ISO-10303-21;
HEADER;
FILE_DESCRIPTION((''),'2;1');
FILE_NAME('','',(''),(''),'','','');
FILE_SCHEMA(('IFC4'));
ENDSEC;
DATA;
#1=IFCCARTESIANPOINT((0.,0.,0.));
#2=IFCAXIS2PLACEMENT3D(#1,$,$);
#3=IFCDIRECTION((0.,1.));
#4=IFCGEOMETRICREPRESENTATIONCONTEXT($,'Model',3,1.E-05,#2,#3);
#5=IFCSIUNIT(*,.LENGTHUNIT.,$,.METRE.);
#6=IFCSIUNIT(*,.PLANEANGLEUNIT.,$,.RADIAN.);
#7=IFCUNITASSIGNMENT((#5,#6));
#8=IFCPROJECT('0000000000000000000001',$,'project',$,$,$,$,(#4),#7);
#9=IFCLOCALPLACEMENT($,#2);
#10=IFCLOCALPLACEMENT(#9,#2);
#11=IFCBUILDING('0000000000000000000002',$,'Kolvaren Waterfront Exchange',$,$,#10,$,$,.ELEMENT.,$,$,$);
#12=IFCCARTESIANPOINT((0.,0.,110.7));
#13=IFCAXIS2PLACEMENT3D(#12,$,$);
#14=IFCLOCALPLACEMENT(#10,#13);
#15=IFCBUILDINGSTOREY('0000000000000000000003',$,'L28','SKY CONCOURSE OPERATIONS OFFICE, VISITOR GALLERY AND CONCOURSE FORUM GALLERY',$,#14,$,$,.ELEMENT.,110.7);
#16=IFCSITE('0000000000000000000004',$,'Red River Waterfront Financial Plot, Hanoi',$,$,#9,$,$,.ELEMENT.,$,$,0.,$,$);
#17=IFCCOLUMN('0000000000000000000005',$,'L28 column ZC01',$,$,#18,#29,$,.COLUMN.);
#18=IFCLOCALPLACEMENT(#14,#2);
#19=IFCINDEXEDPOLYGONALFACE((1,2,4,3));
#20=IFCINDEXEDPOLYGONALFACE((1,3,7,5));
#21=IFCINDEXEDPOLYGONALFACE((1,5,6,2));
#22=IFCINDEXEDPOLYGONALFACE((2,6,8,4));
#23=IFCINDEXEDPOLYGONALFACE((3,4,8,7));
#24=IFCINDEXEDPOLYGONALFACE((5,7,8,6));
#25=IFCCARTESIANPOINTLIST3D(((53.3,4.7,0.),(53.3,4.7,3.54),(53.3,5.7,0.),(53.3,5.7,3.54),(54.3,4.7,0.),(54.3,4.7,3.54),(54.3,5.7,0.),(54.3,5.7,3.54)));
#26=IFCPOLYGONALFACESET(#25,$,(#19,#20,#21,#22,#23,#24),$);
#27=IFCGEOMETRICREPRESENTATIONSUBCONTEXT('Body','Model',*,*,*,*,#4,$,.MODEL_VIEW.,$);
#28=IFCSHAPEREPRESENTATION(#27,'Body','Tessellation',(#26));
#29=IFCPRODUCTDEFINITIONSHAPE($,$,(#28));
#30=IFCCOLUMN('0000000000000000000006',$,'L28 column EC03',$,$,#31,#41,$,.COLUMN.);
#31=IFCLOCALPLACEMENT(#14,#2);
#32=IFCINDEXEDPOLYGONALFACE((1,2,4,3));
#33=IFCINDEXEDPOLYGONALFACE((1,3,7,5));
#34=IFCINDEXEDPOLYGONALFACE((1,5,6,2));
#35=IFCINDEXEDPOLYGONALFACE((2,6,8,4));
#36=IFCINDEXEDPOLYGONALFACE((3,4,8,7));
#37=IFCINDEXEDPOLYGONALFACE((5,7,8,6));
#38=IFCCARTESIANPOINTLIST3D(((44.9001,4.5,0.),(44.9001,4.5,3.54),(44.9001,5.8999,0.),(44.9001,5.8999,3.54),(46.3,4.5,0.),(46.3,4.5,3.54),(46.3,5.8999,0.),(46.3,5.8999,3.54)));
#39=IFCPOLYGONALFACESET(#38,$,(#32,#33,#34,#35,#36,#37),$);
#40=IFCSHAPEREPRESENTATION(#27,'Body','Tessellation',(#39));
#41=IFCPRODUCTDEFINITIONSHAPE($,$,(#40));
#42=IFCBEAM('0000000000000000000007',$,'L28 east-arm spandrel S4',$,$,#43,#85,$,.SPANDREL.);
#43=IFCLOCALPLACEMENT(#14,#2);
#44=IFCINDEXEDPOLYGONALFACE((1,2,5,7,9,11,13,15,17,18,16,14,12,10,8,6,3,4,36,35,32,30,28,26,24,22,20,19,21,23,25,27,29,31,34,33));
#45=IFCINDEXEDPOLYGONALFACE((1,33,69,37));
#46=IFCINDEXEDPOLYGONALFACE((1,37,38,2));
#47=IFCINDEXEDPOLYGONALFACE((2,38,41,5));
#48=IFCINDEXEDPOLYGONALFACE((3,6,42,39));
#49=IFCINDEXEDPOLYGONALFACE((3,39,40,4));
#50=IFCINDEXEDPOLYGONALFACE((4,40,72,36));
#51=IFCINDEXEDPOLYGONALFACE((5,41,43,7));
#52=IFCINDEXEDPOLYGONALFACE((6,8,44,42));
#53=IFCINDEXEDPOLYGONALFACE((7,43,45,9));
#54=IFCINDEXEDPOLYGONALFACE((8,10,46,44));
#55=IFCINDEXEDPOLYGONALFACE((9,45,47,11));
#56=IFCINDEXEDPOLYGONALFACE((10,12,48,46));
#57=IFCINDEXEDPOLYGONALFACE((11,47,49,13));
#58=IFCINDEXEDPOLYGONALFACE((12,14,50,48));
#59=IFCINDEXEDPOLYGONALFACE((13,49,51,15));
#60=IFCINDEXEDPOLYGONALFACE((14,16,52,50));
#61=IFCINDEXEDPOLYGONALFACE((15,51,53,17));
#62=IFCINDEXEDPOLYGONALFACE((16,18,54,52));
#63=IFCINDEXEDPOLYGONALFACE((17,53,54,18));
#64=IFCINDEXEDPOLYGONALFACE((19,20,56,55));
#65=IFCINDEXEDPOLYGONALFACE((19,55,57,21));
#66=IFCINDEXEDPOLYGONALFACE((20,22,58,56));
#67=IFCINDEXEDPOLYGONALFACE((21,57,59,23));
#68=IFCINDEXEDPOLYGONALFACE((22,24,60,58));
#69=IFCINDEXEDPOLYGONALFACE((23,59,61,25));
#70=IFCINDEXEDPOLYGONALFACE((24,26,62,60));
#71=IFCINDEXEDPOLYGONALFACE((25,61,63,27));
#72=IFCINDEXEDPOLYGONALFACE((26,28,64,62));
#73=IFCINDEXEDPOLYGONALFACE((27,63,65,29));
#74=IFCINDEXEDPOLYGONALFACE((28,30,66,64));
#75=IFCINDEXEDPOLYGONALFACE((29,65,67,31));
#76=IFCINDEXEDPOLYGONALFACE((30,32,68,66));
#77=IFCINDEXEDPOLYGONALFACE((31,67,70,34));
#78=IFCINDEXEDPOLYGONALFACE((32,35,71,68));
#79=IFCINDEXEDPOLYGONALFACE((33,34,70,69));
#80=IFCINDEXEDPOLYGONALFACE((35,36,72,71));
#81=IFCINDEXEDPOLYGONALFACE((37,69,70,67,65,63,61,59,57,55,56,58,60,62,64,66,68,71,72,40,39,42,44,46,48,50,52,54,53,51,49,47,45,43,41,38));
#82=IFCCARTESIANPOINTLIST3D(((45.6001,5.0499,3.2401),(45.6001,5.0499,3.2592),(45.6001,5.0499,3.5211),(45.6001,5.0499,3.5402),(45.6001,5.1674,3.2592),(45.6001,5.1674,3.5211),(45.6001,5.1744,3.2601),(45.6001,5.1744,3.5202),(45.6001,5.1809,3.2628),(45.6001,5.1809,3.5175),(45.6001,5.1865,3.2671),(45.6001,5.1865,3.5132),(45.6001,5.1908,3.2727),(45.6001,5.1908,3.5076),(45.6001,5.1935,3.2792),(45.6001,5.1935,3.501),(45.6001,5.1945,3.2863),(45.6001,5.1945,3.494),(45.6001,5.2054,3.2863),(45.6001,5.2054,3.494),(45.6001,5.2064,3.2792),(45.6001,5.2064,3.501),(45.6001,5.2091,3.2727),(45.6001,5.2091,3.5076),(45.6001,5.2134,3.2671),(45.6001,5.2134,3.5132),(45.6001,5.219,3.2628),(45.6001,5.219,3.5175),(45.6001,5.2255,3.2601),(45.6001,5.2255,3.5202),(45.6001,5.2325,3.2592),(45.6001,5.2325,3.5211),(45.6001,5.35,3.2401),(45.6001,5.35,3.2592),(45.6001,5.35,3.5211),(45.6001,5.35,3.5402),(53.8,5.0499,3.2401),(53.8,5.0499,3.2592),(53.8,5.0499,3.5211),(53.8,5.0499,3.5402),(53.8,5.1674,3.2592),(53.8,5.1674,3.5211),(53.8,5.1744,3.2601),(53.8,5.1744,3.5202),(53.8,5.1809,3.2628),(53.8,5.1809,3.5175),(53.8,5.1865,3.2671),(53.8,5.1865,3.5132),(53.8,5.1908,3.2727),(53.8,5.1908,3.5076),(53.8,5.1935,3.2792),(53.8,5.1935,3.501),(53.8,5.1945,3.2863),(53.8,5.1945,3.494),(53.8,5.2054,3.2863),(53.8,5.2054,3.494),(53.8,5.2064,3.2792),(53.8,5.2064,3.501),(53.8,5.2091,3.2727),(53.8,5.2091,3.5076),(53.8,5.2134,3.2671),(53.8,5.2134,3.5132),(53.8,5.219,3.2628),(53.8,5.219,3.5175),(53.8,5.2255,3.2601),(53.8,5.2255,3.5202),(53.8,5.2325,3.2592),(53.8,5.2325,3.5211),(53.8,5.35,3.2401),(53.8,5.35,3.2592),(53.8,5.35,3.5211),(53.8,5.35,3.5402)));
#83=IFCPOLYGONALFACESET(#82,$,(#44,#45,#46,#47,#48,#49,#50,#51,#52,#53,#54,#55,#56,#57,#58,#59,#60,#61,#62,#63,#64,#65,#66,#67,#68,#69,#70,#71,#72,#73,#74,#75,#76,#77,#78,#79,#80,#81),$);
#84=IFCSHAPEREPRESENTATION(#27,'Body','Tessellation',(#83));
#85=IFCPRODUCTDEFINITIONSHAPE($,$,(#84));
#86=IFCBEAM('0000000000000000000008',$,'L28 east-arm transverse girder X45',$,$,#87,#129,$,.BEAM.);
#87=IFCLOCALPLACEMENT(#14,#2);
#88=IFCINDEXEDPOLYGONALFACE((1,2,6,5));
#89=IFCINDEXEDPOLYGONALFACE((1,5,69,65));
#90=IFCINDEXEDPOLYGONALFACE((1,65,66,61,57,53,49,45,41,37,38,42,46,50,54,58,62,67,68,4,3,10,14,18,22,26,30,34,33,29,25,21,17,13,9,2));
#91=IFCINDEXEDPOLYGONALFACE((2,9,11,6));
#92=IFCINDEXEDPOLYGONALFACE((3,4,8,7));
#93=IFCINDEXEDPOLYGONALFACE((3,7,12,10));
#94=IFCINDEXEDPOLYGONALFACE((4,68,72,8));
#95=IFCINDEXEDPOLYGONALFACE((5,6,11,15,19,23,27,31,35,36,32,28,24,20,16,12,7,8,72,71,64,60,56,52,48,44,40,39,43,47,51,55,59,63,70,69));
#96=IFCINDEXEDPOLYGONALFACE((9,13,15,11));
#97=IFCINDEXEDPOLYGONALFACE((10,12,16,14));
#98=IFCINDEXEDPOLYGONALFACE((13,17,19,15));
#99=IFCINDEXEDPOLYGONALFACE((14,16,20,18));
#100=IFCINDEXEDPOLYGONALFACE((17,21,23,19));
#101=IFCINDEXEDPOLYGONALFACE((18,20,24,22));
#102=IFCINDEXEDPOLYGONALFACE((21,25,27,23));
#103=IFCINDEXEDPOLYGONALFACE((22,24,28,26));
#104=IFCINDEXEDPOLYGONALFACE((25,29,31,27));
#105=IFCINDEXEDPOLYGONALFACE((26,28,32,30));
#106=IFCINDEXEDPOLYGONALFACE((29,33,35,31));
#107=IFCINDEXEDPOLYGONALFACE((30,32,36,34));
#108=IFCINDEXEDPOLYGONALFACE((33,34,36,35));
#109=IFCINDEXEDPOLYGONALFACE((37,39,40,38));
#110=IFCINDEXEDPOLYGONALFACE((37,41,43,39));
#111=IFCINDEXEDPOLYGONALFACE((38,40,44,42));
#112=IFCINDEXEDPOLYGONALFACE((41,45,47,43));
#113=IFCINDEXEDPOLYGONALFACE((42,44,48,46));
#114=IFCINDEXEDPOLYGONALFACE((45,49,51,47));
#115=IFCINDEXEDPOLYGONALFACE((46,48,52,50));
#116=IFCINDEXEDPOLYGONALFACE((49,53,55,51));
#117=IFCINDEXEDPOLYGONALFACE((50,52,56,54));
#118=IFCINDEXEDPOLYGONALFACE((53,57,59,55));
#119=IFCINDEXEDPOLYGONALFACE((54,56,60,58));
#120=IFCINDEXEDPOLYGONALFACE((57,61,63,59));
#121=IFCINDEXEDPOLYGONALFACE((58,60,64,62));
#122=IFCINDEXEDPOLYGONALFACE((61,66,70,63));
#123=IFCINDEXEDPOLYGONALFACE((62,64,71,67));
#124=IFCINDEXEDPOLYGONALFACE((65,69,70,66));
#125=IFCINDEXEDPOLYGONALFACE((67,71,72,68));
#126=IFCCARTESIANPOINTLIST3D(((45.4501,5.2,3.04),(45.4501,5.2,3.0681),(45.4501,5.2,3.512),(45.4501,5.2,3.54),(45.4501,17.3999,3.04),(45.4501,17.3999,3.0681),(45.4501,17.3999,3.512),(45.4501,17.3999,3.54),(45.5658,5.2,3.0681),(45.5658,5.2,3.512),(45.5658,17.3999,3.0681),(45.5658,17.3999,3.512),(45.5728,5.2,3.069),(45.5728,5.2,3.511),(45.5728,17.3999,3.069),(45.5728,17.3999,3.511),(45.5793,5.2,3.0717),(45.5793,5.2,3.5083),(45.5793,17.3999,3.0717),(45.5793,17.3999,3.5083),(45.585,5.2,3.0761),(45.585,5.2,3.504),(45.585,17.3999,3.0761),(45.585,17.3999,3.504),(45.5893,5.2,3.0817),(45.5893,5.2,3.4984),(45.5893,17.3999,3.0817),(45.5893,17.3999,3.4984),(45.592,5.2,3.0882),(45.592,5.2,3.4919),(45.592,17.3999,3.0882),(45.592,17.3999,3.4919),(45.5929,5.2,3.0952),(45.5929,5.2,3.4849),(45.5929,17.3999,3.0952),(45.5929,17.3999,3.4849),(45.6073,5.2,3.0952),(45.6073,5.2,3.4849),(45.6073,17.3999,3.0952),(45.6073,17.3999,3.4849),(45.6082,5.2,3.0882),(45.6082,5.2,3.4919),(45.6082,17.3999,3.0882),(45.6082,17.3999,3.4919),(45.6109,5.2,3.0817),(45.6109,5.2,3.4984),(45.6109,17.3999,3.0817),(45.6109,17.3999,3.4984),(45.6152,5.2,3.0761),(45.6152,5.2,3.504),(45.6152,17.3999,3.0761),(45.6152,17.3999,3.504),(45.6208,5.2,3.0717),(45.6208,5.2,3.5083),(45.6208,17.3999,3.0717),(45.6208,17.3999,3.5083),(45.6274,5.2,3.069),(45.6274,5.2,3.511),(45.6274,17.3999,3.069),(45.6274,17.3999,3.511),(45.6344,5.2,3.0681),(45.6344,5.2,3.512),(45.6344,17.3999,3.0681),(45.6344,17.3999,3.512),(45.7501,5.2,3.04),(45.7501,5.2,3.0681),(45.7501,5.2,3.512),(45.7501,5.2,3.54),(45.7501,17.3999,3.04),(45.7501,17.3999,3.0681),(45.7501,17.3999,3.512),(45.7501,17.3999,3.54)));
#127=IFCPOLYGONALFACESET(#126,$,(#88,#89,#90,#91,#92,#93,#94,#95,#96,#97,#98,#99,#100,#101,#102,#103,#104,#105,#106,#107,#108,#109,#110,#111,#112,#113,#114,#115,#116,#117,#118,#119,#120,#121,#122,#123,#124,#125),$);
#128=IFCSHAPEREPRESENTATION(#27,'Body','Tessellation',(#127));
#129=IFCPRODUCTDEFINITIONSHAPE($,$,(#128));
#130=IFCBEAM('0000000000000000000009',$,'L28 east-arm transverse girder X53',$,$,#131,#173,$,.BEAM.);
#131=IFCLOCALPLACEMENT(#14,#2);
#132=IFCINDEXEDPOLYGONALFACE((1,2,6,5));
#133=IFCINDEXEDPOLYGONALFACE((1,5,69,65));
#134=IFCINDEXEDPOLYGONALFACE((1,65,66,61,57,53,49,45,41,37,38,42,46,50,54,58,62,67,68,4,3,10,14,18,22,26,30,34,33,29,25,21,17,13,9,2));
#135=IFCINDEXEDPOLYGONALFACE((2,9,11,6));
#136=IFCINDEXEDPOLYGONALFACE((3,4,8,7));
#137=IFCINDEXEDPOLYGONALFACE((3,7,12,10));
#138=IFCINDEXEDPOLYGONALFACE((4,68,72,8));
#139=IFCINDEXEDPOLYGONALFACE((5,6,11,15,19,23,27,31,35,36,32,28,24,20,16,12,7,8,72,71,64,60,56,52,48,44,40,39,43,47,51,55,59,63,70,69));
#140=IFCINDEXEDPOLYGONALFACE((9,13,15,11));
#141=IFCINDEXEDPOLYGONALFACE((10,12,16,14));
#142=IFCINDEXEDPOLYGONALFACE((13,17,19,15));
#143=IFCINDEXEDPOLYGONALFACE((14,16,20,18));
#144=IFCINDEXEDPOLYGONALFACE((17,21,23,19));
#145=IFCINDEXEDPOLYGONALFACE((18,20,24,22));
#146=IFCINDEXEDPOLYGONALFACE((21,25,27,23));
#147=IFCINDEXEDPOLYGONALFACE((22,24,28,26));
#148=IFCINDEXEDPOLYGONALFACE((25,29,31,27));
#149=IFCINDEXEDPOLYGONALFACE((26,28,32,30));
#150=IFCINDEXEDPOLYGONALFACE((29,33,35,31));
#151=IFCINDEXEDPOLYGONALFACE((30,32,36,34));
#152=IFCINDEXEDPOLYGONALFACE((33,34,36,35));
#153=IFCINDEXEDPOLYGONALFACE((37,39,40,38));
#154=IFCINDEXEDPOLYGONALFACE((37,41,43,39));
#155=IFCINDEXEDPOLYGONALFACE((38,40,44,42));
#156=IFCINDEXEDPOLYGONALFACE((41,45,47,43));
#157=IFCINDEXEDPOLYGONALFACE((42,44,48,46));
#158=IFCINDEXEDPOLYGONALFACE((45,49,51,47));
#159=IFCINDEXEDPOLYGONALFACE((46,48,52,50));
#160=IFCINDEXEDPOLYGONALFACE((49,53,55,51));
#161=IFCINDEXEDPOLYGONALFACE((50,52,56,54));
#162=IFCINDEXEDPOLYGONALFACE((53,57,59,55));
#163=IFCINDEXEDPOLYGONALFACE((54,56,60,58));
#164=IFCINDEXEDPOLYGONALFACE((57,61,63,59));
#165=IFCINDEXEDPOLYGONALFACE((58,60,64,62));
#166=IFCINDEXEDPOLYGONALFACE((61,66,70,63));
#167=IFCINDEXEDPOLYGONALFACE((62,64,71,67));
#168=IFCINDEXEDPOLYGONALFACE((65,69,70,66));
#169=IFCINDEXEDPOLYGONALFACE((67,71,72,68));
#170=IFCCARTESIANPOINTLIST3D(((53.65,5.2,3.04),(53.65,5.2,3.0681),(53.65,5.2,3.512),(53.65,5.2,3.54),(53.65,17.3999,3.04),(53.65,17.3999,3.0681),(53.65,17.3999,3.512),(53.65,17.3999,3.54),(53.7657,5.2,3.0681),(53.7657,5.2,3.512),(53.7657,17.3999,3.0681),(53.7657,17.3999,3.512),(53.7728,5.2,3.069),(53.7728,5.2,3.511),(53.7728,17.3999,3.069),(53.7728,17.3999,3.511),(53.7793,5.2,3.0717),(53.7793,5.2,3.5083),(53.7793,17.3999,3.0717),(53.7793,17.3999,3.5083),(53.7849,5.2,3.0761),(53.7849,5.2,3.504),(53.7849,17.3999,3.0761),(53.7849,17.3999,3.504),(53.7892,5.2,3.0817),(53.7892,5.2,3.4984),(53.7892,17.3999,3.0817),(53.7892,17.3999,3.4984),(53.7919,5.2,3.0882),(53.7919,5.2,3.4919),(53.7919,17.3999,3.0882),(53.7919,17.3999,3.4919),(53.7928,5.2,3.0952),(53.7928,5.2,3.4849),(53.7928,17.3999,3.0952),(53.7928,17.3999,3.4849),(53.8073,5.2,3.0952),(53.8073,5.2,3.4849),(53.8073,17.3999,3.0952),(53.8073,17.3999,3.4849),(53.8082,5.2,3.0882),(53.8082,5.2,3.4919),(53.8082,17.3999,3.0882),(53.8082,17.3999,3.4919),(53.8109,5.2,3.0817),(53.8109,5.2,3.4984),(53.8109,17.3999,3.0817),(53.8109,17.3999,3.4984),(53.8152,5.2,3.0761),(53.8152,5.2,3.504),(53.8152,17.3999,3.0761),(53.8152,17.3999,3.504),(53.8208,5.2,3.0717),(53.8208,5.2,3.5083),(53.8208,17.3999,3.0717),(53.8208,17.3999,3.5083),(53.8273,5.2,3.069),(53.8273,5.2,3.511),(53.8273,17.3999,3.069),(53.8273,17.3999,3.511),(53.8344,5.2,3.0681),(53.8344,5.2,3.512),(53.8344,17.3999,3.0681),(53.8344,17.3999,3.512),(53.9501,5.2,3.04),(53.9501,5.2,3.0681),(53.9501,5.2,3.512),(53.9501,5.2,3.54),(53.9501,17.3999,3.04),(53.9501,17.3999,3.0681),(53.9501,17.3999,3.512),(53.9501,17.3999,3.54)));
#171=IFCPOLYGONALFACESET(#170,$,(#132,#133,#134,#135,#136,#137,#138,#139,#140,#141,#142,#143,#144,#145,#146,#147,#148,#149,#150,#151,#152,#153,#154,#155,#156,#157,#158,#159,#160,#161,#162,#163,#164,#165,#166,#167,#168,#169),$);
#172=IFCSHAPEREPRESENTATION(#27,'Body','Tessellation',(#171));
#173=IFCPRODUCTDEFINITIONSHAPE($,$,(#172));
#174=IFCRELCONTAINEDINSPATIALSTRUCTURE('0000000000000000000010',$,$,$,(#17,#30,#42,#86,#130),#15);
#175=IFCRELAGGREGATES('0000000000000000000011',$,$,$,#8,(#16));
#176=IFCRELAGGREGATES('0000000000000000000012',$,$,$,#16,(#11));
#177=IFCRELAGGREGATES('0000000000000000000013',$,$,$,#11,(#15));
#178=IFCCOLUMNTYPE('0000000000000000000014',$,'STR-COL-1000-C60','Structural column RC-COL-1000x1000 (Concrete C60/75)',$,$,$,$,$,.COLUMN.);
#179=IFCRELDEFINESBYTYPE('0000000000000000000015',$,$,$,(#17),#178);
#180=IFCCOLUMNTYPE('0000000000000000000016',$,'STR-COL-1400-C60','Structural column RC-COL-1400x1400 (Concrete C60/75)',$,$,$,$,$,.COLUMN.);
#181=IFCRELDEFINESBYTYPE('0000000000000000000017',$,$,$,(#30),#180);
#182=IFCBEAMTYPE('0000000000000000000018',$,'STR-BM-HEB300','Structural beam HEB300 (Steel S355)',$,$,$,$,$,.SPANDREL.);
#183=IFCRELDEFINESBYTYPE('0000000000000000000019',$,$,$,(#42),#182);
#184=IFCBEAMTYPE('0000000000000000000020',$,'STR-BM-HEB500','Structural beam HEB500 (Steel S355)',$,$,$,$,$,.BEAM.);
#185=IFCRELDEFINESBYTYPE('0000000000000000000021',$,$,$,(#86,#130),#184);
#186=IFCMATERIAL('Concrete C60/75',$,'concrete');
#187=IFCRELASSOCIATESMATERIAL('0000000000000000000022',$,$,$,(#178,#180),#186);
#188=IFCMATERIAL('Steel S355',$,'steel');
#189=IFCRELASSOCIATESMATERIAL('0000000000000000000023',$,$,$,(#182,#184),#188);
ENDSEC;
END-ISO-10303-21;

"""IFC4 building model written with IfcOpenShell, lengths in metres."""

from ifc_helpers import new_model, si_unit, direction, frame, origin, origin_2d, place, context, subcontext, project, spatial, rectangle, i_section, extrude, material, material_profile, profile_set, type_object, element, save


model = new_model("IFC4")

# Units and contexts
model_context = context("Model", 3, precision=1e-05, world=origin(), true_north=direction((0.0, 1.0)))
body_context = subcontext(model_context, "Body", "Model", "MODEL_VIEW")
ifc_project = project(units=[si_unit("LENGTHUNIT", "METRE"), si_unit("PLANEANGLEUNIT", "RADIAN")], contexts=[model_context])

# Site, building, storey
site_placement = place(None, origin())
site = spatial("IfcSite", under=ifc_project, at=site_placement, Name="Red River Waterfront Financial Plot, Hanoi", CompositionType="ELEMENT", RefElevation=0.0)
building_placement = place(site_placement, origin())
building = spatial("IfcBuilding", under=site, at=building_placement, Name="Kolvaren Waterfront Exchange", CompositionType="ELEMENT")
storey_placement = place(building_placement, frame((0.0, 0.0, 110.7)))
storey = spatial("IfcBuildingStorey", under=building, at=storey_placement, Name="L28", Description="SKY CONCOURSE OPERATIONS OFFICE, VISITOR GALLERY AND CONCOURSE FORUM GALLERY", CompositionType="ELEMENT", Elevation=110.7)

# Columns
ifc_material_1 = material(Name="Concrete C60/75", Category="concrete")
ifc_material_profile_1 = material_profile(ifc_material_1, rectangle(XDim=1.0, YDim=1.0, at=origin_2d()), Name="RC-COL-1000x1000")
ifc_profile_set_1 = profile_set([ifc_material_profile_1], Name="Concrete C60/75")
column_type_1 = type_object("IfcColumnType", Name="STR-COL-1000-C60", Description="Structural column RC-COL-1000x1000 (Concrete C60/75)", PredefinedType="COLUMN", material=ifc_profile_set_1)
column_1_placement = place(storey_placement, frame((53.8, 5.2, 0.0), z_axis=(0.0, 0.0, 1.0), x_axis=(1.0, 0.0, 0.0)))
element("IfcColumn", 1, at=column_1_placement, inside=storey, type_object=column_type_1, Name="L28 column ZC01", PredefinedType="COLUMN", context=body_context, shape_type="SweptSolid", body=[
    extrude(rectangle(XDim=1.0, YDim=1.0, at=origin_2d()), origin(), (0.0, 0.0, 1.0), 3.54),
])
ifc_material_profile_2 = material_profile(ifc_material_1, rectangle(XDim=1.3999, YDim=1.3999, at=origin_2d()), Name="RC-COL-1400x1400")
ifc_profile_set_2 = profile_set([ifc_material_profile_2], Name="Concrete C60/75")
column_type_2 = type_object("IfcColumnType", Name="STR-COL-1400-C60", Description="Structural column RC-COL-1400x1400 (Concrete C60/75)", PredefinedType="COLUMN", material=ifc_profile_set_2)
column_2_placement = place(storey_placement, frame((45.6001, 5.2, 0.0), z_axis=(0.0, 0.0, 1.0), x_axis=(1.0, 0.0, 0.0)))
element("IfcColumn", 2, at=column_2_placement, inside=storey, type_object=column_type_2, Name="L28 column EC03", PredefinedType="COLUMN", context=body_context, shape_type="SweptSolid", body=[
    extrude(rectangle(XDim=1.3999, YDim=1.3999, at=origin_2d()), origin(), (0.0, 0.0, 1.0), 3.54),
])

# Beams
ifc_material_2 = material(Name="Steel S355", Category="steel")
ifc_material_profile_3 = material_profile(ifc_material_2, i_section(OverallWidth=0.3, OverallDepth=0.3, WebThickness=0.011, FlangeThickness=0.019, FilletRadius=0.0271, at=origin_2d()), Name="HEB300")
ifc_profile_set_3 = profile_set([ifc_material_profile_3], Name="Steel S355")
beam_type_1 = type_object("IfcBeamType", Name="STR-BM-HEB300", Description="Structural beam HEB300 (Steel S355)", PredefinedType="SPANDREL", material=ifc_profile_set_3)
beam_1_placement = place(storey_placement, frame((45.6001, 5.2, 3.3901), z_axis=(1.0, 0.0, 0.0), x_axis=(0.0, 1.0, 0.0)))
element("IfcBeam", 3, at=beam_1_placement, inside=storey, type_object=beam_type_1, Name="L28 east-arm spandrel S4", PredefinedType="SPANDREL", context=body_context, shape_type="SweptSolid", body=[
    extrude(i_section(OverallWidth=0.3, OverallDepth=0.3, WebThickness=0.011, FlangeThickness=0.019, FilletRadius=0.0271, at=origin_2d()), origin(), (0.0, 0.0, 1.0), 8.2),
])
ifc_material_profile_4 = material_profile(ifc_material_2, i_section(OverallWidth=0.3, OverallDepth=0.5, WebThickness=0.0144, FlangeThickness=0.0281, FilletRadius=0.0271, at=origin_2d()), Name="HEB500")
ifc_profile_set_4 = profile_set([ifc_material_profile_4], Name="Steel S355")
beam_type_2 = type_object("IfcBeamType", Name="STR-BM-HEB500", Description="Structural beam HEB500 (Steel S355)", PredefinedType="BEAM", material=ifc_profile_set_4)
for number, where, z_axis, x_axis, name in (
    (4, (45.6001, 5.2, 3.29), (0.0, 1.0, 0.0), (-1.0, 0.0, 0.0), "L28 east-arm transverse girder X45"),
    (5, (53.8, 5.2, 3.29), (0.0, 1.0, 0.0), (-1.0, 0.0, 0.0), "L28 east-arm transverse girder X53"),
):
    element("IfcBeam", number, at=place(storey_placement, frame(where, z_axis=z_axis, x_axis=x_axis)), inside=storey, type_object=beam_type_2, Name=name, PredefinedType="BEAM", context=body_context, shape_type="SweptSolid", body=[
        extrude(i_section(OverallWidth=0.3, OverallDepth=0.5, WebThickness=0.0144, FlangeThickness=0.0281, FilletRadius=0.0271, at=origin_2d()), origin(), (0.0, 0.0, 1.0), 12.2),
    ])

save(model, "model.ifc")
